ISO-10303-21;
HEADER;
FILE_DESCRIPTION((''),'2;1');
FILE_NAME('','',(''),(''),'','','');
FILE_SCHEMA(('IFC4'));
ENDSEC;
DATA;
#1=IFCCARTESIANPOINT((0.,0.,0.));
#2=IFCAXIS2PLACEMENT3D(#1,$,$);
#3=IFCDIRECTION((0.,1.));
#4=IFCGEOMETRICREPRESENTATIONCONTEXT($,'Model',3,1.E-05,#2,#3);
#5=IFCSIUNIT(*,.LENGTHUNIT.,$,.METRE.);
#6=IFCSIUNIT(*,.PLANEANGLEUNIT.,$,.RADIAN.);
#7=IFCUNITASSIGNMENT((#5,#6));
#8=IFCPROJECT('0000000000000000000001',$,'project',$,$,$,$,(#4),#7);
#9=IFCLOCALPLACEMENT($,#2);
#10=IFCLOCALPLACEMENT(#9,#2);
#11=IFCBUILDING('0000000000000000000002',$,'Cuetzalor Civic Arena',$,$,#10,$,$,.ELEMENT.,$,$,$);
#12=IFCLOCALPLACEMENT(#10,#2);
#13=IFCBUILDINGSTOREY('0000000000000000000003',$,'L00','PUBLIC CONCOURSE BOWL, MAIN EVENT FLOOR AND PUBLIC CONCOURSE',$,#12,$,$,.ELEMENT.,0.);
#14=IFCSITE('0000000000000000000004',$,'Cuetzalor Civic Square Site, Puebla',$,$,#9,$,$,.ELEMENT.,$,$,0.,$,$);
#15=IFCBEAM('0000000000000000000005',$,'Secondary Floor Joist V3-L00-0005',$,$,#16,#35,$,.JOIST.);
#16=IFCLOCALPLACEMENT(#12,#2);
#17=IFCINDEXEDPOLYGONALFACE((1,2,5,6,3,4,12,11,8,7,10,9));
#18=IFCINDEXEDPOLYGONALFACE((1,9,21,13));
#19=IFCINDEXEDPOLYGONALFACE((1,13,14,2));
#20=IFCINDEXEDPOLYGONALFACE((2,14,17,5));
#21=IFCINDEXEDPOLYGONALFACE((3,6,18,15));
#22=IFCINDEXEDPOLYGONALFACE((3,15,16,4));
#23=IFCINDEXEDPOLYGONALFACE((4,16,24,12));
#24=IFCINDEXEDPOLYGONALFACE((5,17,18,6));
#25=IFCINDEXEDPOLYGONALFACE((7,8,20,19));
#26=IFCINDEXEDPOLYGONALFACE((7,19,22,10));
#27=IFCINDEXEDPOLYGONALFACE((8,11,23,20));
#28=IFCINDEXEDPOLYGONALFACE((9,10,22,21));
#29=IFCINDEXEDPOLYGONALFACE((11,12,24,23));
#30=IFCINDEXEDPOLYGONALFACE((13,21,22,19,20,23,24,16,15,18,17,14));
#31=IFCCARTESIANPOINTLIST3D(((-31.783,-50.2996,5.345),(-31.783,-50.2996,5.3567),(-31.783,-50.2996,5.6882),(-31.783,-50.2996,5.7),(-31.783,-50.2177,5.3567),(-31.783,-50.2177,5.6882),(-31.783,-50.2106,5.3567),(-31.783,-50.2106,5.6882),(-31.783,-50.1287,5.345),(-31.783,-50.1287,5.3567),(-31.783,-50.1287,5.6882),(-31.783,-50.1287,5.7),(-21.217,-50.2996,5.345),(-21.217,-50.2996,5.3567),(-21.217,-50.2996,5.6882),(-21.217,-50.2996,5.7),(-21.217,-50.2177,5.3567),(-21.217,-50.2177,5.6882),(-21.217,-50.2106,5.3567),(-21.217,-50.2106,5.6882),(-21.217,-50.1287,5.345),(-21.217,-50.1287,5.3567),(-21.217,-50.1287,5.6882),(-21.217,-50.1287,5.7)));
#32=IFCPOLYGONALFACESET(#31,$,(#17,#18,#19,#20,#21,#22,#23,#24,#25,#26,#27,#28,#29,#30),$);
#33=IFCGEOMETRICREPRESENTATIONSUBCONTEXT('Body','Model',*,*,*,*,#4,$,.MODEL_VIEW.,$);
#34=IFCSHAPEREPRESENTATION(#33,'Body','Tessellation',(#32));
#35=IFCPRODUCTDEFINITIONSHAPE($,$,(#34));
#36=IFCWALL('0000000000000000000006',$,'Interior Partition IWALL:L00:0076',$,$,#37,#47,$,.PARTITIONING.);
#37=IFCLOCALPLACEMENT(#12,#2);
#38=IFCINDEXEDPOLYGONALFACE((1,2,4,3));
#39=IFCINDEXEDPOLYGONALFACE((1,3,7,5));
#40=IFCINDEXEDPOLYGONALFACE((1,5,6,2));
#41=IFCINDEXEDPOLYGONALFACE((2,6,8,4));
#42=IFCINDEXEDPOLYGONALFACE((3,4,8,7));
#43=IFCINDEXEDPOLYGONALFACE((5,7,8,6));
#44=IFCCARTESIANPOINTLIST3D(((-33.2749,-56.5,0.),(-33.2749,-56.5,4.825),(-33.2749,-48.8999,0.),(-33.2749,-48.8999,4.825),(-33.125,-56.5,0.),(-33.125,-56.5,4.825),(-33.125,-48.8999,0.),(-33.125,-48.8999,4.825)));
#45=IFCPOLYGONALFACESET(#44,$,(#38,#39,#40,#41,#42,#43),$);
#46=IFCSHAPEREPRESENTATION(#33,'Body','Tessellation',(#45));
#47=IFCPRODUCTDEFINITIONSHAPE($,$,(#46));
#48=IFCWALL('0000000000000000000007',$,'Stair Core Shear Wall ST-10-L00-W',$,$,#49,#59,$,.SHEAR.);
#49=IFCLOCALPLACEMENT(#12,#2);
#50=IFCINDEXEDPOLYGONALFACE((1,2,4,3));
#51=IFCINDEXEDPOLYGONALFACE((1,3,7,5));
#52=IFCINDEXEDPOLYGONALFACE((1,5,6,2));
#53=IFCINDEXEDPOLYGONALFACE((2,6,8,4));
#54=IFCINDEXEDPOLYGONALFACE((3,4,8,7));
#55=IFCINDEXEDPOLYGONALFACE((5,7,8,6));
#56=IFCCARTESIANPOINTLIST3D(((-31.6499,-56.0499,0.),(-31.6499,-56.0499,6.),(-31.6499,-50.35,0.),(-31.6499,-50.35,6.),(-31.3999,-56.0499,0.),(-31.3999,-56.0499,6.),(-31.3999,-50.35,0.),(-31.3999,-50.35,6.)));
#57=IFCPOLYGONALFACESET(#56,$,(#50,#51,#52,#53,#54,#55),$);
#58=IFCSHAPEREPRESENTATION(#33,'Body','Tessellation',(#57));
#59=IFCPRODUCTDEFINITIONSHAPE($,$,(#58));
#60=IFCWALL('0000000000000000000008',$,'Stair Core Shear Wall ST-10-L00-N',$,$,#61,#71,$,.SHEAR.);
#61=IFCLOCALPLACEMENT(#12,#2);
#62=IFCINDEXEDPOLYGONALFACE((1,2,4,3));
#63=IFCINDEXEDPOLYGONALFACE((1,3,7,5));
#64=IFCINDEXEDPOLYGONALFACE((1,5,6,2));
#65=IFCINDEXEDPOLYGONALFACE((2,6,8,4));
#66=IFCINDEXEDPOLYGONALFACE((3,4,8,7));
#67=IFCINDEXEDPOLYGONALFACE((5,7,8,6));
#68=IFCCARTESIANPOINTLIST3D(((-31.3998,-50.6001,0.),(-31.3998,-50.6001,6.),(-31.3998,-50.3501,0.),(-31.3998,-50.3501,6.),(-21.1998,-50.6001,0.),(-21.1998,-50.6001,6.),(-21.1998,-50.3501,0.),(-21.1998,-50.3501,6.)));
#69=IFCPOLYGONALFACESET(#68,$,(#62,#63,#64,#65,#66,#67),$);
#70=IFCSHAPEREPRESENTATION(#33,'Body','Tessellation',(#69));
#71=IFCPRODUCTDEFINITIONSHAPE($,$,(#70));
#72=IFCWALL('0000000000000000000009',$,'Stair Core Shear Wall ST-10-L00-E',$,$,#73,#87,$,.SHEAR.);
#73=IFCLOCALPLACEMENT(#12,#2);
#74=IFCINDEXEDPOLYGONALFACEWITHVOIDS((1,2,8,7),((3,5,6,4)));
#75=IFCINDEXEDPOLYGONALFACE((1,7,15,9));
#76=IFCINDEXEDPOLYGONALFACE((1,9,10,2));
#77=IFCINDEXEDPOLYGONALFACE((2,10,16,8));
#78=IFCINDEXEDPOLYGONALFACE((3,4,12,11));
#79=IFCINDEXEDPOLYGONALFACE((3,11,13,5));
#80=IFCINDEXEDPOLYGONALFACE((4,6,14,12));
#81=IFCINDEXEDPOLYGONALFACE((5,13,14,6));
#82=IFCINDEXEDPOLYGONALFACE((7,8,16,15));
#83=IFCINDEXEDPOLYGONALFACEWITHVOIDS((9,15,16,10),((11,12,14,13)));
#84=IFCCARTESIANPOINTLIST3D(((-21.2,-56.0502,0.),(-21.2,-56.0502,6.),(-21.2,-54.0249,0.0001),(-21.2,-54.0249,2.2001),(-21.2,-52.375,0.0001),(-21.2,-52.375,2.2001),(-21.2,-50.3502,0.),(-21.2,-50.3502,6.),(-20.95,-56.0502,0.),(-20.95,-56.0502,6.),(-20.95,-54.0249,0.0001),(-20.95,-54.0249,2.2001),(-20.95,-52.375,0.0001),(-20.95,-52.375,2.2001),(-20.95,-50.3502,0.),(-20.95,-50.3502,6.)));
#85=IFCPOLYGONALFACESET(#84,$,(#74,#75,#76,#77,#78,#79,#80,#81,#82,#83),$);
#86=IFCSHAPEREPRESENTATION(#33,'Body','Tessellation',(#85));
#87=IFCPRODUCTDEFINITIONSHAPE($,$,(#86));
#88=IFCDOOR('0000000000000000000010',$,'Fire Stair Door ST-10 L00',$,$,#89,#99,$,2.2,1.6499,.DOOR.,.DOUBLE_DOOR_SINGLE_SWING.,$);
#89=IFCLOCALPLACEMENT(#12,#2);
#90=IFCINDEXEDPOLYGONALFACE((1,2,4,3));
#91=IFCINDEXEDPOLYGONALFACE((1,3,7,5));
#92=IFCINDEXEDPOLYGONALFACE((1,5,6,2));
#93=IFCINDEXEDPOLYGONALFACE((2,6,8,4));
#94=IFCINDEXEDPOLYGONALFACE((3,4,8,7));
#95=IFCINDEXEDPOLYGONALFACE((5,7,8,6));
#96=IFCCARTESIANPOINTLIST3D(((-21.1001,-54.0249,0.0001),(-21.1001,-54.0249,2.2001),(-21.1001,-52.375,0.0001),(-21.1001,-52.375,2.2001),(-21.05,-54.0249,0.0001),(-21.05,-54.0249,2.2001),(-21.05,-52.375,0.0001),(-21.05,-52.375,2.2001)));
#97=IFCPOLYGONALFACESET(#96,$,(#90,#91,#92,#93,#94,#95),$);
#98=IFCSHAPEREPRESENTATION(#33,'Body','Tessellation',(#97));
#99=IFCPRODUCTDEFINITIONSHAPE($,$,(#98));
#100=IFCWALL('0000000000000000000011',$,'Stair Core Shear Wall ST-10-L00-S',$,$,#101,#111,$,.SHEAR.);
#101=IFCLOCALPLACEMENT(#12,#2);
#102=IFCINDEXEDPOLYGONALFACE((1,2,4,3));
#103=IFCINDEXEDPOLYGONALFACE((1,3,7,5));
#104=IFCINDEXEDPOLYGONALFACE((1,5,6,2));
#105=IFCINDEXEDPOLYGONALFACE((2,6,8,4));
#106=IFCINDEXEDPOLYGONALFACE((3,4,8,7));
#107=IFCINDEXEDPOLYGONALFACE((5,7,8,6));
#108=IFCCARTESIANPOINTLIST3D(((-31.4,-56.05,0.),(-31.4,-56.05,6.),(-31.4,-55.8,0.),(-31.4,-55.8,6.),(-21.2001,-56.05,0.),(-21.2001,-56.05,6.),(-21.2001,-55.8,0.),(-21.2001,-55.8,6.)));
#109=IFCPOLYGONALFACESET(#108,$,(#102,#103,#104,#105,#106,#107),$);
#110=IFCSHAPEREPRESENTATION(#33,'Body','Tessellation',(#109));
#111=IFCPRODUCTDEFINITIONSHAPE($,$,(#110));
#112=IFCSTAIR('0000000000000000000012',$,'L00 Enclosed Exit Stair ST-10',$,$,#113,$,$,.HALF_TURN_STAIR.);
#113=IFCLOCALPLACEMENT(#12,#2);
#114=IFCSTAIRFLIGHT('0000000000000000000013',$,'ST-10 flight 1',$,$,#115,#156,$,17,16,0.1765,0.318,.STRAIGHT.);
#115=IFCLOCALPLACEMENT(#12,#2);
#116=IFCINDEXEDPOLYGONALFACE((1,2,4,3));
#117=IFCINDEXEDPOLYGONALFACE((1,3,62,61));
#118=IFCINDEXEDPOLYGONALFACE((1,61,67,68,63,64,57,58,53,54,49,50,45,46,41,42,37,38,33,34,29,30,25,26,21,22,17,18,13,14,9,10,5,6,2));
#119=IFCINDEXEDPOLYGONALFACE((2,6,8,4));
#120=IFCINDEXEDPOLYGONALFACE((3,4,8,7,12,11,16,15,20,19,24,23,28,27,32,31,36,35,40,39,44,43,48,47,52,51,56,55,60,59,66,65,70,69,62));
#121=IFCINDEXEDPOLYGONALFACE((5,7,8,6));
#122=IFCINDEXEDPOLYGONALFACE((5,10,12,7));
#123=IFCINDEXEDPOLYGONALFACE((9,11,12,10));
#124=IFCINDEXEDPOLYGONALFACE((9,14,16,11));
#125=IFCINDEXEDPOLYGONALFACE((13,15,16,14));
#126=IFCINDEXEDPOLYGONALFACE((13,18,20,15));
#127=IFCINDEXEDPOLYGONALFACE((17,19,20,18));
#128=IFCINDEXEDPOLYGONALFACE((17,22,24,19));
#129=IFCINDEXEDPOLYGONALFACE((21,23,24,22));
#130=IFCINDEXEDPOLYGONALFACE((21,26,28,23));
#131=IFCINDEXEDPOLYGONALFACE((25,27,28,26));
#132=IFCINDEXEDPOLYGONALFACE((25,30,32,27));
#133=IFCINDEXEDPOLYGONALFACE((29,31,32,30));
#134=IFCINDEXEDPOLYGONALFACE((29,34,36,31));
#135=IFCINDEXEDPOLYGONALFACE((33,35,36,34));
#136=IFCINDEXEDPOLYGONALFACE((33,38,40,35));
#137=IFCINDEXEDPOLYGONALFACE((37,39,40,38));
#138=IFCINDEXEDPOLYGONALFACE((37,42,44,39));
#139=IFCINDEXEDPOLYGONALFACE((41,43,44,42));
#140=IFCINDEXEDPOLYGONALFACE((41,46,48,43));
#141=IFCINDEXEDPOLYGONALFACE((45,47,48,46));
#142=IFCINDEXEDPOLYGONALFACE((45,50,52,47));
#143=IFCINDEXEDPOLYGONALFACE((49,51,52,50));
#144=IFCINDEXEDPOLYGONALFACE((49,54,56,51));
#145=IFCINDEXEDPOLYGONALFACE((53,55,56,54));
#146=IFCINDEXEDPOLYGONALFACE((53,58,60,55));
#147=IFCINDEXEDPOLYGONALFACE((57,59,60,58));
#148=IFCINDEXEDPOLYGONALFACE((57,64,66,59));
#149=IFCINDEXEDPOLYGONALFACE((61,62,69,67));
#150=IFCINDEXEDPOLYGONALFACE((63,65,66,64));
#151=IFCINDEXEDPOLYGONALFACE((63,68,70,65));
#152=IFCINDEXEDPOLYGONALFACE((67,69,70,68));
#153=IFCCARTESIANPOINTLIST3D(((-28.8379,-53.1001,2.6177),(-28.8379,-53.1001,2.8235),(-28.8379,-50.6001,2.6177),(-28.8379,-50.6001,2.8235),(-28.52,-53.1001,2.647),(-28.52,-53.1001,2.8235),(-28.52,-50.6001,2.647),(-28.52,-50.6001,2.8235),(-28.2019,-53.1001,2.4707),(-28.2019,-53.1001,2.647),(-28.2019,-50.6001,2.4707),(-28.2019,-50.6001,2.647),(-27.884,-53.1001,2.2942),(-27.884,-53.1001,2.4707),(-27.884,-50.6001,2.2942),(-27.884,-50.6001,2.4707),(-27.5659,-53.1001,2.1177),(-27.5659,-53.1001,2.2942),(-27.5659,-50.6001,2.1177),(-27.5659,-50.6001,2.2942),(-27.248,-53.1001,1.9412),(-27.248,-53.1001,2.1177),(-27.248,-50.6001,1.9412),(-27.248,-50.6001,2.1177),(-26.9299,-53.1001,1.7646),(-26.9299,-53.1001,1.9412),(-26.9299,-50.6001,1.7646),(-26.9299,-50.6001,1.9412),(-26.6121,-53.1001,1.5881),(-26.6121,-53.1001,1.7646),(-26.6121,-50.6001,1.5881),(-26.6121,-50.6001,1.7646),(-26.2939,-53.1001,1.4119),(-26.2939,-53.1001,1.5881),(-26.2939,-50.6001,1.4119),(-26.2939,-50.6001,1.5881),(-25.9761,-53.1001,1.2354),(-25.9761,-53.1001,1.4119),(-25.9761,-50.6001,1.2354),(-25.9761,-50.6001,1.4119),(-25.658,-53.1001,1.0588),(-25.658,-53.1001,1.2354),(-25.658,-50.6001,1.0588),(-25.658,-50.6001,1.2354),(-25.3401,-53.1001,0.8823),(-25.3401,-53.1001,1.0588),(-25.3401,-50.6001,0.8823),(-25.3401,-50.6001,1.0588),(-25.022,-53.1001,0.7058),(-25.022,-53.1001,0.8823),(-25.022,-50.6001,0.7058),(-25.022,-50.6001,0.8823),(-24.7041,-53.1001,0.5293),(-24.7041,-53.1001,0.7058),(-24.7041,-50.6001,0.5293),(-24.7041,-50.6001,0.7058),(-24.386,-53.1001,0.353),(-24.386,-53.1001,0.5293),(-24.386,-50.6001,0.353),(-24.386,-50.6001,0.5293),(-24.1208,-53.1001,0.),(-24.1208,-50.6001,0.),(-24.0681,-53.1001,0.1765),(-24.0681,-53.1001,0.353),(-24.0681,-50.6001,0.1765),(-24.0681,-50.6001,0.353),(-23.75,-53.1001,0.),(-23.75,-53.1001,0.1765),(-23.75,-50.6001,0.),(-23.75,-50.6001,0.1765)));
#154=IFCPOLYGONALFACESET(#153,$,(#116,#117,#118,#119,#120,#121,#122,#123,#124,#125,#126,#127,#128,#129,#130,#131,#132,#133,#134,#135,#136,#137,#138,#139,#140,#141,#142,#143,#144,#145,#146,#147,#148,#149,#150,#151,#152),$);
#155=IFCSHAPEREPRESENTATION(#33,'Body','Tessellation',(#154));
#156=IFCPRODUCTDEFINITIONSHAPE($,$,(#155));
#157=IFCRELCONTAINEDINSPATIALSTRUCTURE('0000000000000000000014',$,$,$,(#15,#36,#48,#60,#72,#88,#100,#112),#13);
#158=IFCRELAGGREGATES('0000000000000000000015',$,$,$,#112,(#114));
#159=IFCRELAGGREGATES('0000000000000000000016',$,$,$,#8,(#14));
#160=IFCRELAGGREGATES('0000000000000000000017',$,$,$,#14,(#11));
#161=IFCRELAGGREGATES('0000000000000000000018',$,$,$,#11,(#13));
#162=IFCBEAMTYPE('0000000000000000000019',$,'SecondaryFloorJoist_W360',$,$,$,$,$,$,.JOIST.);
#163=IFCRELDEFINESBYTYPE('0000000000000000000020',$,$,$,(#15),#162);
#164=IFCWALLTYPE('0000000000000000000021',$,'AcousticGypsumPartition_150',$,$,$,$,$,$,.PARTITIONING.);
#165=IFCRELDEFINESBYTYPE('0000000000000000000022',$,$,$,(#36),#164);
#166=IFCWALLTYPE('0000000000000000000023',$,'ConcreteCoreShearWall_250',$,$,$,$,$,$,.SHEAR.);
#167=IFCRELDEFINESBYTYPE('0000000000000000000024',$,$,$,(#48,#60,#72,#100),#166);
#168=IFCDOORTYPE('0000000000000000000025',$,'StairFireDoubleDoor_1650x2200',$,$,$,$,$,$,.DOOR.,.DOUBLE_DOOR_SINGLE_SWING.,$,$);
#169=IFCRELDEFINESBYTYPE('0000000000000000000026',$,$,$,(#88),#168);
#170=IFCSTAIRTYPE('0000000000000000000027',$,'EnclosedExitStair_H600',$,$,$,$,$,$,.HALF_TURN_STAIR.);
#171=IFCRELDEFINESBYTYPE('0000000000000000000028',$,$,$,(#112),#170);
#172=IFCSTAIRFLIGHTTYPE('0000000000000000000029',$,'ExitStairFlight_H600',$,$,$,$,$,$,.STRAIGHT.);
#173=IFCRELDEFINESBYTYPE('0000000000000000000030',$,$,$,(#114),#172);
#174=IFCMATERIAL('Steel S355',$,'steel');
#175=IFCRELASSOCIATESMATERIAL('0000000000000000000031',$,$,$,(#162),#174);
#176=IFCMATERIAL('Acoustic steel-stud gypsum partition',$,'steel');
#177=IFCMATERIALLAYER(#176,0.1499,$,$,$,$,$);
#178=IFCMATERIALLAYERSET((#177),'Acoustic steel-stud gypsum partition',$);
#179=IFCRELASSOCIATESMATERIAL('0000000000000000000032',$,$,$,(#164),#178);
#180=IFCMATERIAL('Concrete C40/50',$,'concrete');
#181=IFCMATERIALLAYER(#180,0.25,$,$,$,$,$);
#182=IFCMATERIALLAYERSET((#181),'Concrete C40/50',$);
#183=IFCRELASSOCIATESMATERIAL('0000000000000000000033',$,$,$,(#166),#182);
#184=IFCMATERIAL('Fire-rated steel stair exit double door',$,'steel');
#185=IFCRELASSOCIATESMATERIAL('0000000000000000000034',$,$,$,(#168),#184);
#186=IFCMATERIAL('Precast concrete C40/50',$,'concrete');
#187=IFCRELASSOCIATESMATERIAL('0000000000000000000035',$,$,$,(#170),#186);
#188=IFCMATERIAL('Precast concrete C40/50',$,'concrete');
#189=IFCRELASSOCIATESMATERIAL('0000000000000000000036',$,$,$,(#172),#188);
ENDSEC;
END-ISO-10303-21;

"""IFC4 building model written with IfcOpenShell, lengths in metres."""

from ifc_helpers import new_model, si_unit, direction, frame, frame_2d, origin, origin_2d, place, context, subcontext, project, spatial, polyline, rectangle, i_section, outline, extrude, material, layer, layer_set, material_profile, profile_set, type_object, element, fill, aggregate, save


model = new_model("IFC4")

# Units and contexts
model_context = context("Model", 3, precision=1e-05, world=origin(), true_north=direction((0.0, 1.0)))
body_context = subcontext(model_context, "Body", "Model", "MODEL_VIEW")
ifc_project = project(units=[si_unit("LENGTHUNIT", "METRE"), si_unit("PLANEANGLEUNIT", "RADIAN")], contexts=[model_context])

# Site, building, storey
site_placement = place(None, origin())
site = spatial("IfcSite", under=ifc_project, at=site_placement, Name="Cuetzalor Civic Square Site, Puebla", CompositionType="ELEMENT", RefElevation=0.0)
building_placement = place(site_placement, origin())
building = spatial("IfcBuilding", under=site, at=building_placement, Name="Cuetzalor Civic Arena", CompositionType="ELEMENT")
storey_placement = place(building_placement, origin())
storey = spatial("IfcBuildingStorey", under=building, at=storey_placement, Name="L00", Description="PUBLIC CONCOURSE BOWL, MAIN EVENT FLOOR AND PUBLIC CONCOURSE", CompositionType="ELEMENT", Elevation=0.0)

# Beam
ifc_material_1 = material(Name="Steel S355", Category="steel")
ifc_material_profile_1 = material_profile(ifc_material_1, i_section(OverallWidth=0.1709, OverallDepth=0.355, WebThickness=0.0071, FlangeThickness=0.0117, at=origin_2d()), Name="W360x51")
ifc_profile_set_1 = profile_set([ifc_material_profile_1], Name="Steel S355")
beam_type_1 = type_object("IfcBeamType", Name="SecondaryFloorJoist_W360", PredefinedType="JOIST", material=ifc_profile_set_1)
beam_1_placement = place(storey_placement, frame((-31.783, -50.2141, 5.5225), z_axis=(1.0, 0.0, 0.0), x_axis=(0.0, 1.0, 0.0)))
element("IfcBeam", 1, at=beam_1_placement, inside=storey, type_object=beam_type_1, Name="Secondary Floor Joist V3-L00-0005", PredefinedType="JOIST", context=body_context, shape_type="SweptSolid", body=[
    extrude(i_section(OverallWidth=0.1709, OverallDepth=0.355, WebThickness=0.0071, FlangeThickness=0.0117, at=origin_2d()), origin(), (0.0, 0.0, 1.0), 10.5659),
])

# Walls
ifc_material_2 = material(Name="Acoustic steel-stud gypsum partition", Category="steel")
ifc_layer_1 = layer(ifc_material_2, 0.1499)
ifc_layer_set_1 = layer_set([ifc_layer_1], Name="Acoustic steel-stud gypsum partition")
wall_type_1 = type_object("IfcWallType", Name="AcousticGypsumPartition_150", PredefinedType="PARTITIONING", material=ifc_layer_set_1)
wall_1_placement = place(storey_placement, frame((-33.2, -48.8999, 0.0), z_axis=(0.0, 0.0, 1.0), x_axis=(0.0, -1.0, 0.0)))
element("IfcWall", 2, at=wall_1_placement, inside=storey, type_object=wall_type_1, Name="Interior Partition IWALL:L00:0076", PredefinedType="PARTITIONING", context=body_context, shape_type="SweptSolid", body=[
    extrude(rectangle(XDim=7.6001, YDim=0.1499, at=frame_2d((3.8, 0.0))), origin(), (0.0, 0.0, 1.0), 4.825),
])
ifc_material_3 = material(Name="Concrete C40/50", Category="concrete")
ifc_layer_2 = layer(ifc_material_3, 0.25)
ifc_layer_set_2 = layer_set([ifc_layer_2], Name="Concrete C40/50")
wall_type_2 = type_object("IfcWallType", Name="ConcreteCoreShearWall_250", PredefinedType="SHEAR", material=ifc_layer_set_2)
wall_2_placement = place(storey_placement, frame((-31.5249, -56.05, 0.0), z_axis=(0.0, 0.0, 1.0), x_axis=(0.0, 1.0, 0.0)))
element("IfcWall", 3, at=wall_2_placement, inside=storey, type_object=wall_type_2, Name="Stair Core Shear Wall ST-10-L00-W", PredefinedType="SHEAR", context=body_context, shape_type="SweptSolid", body=[
    extrude(rectangle(XDim=5.7, YDim=0.25, at=frame_2d((2.8501, 0.0))), origin(), (0.0, 0.0, 1.0), 6.0),
])
wall_3_placement = place(storey_placement, frame((-31.3999, -50.4751, 0.0), z_axis=(0.0, 0.0, 1.0), x_axis=(1.0, 0.0, 0.0)))
element("IfcWall", 4, at=wall_3_placement, inside=storey, type_object=wall_type_2, Name="Stair Core Shear Wall ST-10-L00-N", PredefinedType="SHEAR", context=body_context, shape_type="SweptSolid", body=[
    extrude(rectangle(XDim=10.2, YDim=0.25, at=frame_2d((5.1001, 0.0))), origin(), (0.0, 0.0, 1.0), 6.0),
])

# Wall, opening, door
wall_4_placement = place(storey_placement, frame((-21.075, -50.3501, 0.0), z_axis=(0.0, 0.0, 1.0), x_axis=(0.0, -1.0, 0.0)))
wall_4 = element("IfcWall", 5, at=wall_4_placement, inside=storey, type_object=wall_type_2, Name="Stair Core Shear Wall ST-10-L00-E", PredefinedType="SHEAR", context=body_context, shape_type="SweptSolid", body=[
    extrude(rectangle(XDim=5.7, YDim=0.25, at=frame_2d((2.8501, 0.0))), origin(), (0.0, 0.0, 1.0), 6.0),
])
opening_placement = place(wall_4_placement, frame((2.0249, 0.0, 0.0)))
opening = element("IfcOpeningElement", 6, at=opening_placement, cuts=wall_4, PredefinedType="OPENING", context=body_context, shape_type="SweptSolid", body=[
    extrude(rectangle(XDim=1.6499, YDim=2.2, at=frame_2d((0.825, 1.1001))), frame((0.0, 0.135, 0.0), z_axis=(0.0, -1.0, 0.0), x_axis=(1.0, 0.0, 0.0)), (0.0, 0.0, 1.0), 0.27),
])
ifc_material_4 = material(Name="Fire-rated steel stair exit double door", Category="steel")
door_type = type_object("IfcDoorType", Name="StairFireDoubleDoor_1650x2200", OperationType="DOUBLE_DOOR_SINGLE_SWING", PredefinedType="DOOR", material=ifc_material_4)
door_placement = place(opening_placement, origin())
door = element("IfcDoor", 7, at=door_placement, inside=storey, type_object=door_type, Name="Fire Stair Door ST-10 L00", OperationType="DOUBLE_DOOR_SINGLE_SWING", OverallHeight=2.2, OverallWidth=1.6499, PredefinedType="DOOR", context=body_context, shape_type="SweptSolid", body=[
    extrude(rectangle(XDim=1.6499, YDim=2.2, at=frame_2d((0.825, 1.1001))), frame((0.0, 0.0249, 0.0), z_axis=(0.0, -1.0, 0.0), x_axis=(1.0, 0.0, 0.0)), (0.0, 0.0, 1.0), 0.05),
])
fill(opening, door)

# Wall
wall_5_placement = place(storey_placement, frame((-21.2, -55.925, 0.0), z_axis=(0.0, 0.0, 1.0), x_axis=(-1.0, 0.0, 0.0)))
element("IfcWall", 8, at=wall_5_placement, inside=storey, type_object=wall_type_2, Name="Stair Core Shear Wall ST-10-L00-S", PredefinedType="SHEAR", context=body_context, shape_type="SweptSolid", body=[
    extrude(rectangle(XDim=10.2, YDim=0.25, at=frame_2d((5.1001, 0.0))), origin(), (0.0, 0.0, 1.0), 6.0),
])

# Stair, stair flight
ifc_material_5 = material(Name="Precast concrete C40/50", Category="concrete")
stair_type = type_object("IfcStairType", Name="EnclosedExitStair_H600", PredefinedType="HALF_TURN_STAIR", material=ifc_material_5)
stair_placement = place(storey_placement, origin())
stair = element("IfcStair", 9, at=stair_placement, inside=storey, type_object=stair_type, Name="L00 Enclosed Exit Stair ST-10", PredefinedType="HALF_TURN_STAIR")
ifc_material_6 = material(Name="Precast concrete C40/50", Category="concrete")
stair_flight_type = type_object("IfcStairFlightType", Name="ExitStairFlight_H600", PredefinedType="STRAIGHT", material=ifc_material_6)
stair_flight_1_placement = place(storey_placement, frame((-23.75, -51.8501, 0.0), z_axis=(0.0, 0.0, 1.0), x_axis=(-1.0, 0.0, 0.0)))
stair_flight_1 = element("IfcStairFlight", 10, at=stair_flight_1_placement, type_object=stair_flight_type, Name="ST-10 flight 1", NumberOfRisers=17, NumberOfTreads=16, PredefinedType="STRAIGHT", RiserHeight=0.1765, TreadLength=0.318, context=body_context, shape_type="SweptSolid", body=[
    extrude(outline(polyline([(0.0, 0.0), (0.0, 0.1765), (0.3181, 0.1765), (0.3181, 0.353), (0.636, 0.353), (0.636, 0.5293), (0.9541, 0.5293), (0.9541, 0.7058), (1.272, 0.7058), (1.272, 0.8823), (1.5901, 0.8823), (1.5901, 1.0588), (1.908, 1.0588), (1.908, 1.2354), (2.2261, 1.2354), (2.2261, 1.4119), (2.5439, 1.4119), (2.5439, 1.5881), (2.8621, 1.5881), (2.8621, 1.7646), (3.1799, 1.7646), (3.1799, 1.9412), (3.498, 1.9412), (3.498, 2.1177), (3.8159, 2.1177), (3.8159, 2.2942), (4.134, 2.2942), (4.134, 2.4707), (4.4519, 2.4707), (4.4519, 2.647), (4.77, 2.647), (4.77, 2.8235), (5.0879, 2.8235), (5.0879, 3.0), (5.0879, 2.6177), (0.3708, 0.0), (0.0, 0.0)])), frame((0.0, 1.25, 0.0), z_axis=(0.0, -1.0, 0.0), x_axis=(1.0, 0.0, 0.0)), (0.0, 0.0, 1.0), 2.5),
])
aggregate(stair, [stair_flight_1])

save(model, "model.ifc")
